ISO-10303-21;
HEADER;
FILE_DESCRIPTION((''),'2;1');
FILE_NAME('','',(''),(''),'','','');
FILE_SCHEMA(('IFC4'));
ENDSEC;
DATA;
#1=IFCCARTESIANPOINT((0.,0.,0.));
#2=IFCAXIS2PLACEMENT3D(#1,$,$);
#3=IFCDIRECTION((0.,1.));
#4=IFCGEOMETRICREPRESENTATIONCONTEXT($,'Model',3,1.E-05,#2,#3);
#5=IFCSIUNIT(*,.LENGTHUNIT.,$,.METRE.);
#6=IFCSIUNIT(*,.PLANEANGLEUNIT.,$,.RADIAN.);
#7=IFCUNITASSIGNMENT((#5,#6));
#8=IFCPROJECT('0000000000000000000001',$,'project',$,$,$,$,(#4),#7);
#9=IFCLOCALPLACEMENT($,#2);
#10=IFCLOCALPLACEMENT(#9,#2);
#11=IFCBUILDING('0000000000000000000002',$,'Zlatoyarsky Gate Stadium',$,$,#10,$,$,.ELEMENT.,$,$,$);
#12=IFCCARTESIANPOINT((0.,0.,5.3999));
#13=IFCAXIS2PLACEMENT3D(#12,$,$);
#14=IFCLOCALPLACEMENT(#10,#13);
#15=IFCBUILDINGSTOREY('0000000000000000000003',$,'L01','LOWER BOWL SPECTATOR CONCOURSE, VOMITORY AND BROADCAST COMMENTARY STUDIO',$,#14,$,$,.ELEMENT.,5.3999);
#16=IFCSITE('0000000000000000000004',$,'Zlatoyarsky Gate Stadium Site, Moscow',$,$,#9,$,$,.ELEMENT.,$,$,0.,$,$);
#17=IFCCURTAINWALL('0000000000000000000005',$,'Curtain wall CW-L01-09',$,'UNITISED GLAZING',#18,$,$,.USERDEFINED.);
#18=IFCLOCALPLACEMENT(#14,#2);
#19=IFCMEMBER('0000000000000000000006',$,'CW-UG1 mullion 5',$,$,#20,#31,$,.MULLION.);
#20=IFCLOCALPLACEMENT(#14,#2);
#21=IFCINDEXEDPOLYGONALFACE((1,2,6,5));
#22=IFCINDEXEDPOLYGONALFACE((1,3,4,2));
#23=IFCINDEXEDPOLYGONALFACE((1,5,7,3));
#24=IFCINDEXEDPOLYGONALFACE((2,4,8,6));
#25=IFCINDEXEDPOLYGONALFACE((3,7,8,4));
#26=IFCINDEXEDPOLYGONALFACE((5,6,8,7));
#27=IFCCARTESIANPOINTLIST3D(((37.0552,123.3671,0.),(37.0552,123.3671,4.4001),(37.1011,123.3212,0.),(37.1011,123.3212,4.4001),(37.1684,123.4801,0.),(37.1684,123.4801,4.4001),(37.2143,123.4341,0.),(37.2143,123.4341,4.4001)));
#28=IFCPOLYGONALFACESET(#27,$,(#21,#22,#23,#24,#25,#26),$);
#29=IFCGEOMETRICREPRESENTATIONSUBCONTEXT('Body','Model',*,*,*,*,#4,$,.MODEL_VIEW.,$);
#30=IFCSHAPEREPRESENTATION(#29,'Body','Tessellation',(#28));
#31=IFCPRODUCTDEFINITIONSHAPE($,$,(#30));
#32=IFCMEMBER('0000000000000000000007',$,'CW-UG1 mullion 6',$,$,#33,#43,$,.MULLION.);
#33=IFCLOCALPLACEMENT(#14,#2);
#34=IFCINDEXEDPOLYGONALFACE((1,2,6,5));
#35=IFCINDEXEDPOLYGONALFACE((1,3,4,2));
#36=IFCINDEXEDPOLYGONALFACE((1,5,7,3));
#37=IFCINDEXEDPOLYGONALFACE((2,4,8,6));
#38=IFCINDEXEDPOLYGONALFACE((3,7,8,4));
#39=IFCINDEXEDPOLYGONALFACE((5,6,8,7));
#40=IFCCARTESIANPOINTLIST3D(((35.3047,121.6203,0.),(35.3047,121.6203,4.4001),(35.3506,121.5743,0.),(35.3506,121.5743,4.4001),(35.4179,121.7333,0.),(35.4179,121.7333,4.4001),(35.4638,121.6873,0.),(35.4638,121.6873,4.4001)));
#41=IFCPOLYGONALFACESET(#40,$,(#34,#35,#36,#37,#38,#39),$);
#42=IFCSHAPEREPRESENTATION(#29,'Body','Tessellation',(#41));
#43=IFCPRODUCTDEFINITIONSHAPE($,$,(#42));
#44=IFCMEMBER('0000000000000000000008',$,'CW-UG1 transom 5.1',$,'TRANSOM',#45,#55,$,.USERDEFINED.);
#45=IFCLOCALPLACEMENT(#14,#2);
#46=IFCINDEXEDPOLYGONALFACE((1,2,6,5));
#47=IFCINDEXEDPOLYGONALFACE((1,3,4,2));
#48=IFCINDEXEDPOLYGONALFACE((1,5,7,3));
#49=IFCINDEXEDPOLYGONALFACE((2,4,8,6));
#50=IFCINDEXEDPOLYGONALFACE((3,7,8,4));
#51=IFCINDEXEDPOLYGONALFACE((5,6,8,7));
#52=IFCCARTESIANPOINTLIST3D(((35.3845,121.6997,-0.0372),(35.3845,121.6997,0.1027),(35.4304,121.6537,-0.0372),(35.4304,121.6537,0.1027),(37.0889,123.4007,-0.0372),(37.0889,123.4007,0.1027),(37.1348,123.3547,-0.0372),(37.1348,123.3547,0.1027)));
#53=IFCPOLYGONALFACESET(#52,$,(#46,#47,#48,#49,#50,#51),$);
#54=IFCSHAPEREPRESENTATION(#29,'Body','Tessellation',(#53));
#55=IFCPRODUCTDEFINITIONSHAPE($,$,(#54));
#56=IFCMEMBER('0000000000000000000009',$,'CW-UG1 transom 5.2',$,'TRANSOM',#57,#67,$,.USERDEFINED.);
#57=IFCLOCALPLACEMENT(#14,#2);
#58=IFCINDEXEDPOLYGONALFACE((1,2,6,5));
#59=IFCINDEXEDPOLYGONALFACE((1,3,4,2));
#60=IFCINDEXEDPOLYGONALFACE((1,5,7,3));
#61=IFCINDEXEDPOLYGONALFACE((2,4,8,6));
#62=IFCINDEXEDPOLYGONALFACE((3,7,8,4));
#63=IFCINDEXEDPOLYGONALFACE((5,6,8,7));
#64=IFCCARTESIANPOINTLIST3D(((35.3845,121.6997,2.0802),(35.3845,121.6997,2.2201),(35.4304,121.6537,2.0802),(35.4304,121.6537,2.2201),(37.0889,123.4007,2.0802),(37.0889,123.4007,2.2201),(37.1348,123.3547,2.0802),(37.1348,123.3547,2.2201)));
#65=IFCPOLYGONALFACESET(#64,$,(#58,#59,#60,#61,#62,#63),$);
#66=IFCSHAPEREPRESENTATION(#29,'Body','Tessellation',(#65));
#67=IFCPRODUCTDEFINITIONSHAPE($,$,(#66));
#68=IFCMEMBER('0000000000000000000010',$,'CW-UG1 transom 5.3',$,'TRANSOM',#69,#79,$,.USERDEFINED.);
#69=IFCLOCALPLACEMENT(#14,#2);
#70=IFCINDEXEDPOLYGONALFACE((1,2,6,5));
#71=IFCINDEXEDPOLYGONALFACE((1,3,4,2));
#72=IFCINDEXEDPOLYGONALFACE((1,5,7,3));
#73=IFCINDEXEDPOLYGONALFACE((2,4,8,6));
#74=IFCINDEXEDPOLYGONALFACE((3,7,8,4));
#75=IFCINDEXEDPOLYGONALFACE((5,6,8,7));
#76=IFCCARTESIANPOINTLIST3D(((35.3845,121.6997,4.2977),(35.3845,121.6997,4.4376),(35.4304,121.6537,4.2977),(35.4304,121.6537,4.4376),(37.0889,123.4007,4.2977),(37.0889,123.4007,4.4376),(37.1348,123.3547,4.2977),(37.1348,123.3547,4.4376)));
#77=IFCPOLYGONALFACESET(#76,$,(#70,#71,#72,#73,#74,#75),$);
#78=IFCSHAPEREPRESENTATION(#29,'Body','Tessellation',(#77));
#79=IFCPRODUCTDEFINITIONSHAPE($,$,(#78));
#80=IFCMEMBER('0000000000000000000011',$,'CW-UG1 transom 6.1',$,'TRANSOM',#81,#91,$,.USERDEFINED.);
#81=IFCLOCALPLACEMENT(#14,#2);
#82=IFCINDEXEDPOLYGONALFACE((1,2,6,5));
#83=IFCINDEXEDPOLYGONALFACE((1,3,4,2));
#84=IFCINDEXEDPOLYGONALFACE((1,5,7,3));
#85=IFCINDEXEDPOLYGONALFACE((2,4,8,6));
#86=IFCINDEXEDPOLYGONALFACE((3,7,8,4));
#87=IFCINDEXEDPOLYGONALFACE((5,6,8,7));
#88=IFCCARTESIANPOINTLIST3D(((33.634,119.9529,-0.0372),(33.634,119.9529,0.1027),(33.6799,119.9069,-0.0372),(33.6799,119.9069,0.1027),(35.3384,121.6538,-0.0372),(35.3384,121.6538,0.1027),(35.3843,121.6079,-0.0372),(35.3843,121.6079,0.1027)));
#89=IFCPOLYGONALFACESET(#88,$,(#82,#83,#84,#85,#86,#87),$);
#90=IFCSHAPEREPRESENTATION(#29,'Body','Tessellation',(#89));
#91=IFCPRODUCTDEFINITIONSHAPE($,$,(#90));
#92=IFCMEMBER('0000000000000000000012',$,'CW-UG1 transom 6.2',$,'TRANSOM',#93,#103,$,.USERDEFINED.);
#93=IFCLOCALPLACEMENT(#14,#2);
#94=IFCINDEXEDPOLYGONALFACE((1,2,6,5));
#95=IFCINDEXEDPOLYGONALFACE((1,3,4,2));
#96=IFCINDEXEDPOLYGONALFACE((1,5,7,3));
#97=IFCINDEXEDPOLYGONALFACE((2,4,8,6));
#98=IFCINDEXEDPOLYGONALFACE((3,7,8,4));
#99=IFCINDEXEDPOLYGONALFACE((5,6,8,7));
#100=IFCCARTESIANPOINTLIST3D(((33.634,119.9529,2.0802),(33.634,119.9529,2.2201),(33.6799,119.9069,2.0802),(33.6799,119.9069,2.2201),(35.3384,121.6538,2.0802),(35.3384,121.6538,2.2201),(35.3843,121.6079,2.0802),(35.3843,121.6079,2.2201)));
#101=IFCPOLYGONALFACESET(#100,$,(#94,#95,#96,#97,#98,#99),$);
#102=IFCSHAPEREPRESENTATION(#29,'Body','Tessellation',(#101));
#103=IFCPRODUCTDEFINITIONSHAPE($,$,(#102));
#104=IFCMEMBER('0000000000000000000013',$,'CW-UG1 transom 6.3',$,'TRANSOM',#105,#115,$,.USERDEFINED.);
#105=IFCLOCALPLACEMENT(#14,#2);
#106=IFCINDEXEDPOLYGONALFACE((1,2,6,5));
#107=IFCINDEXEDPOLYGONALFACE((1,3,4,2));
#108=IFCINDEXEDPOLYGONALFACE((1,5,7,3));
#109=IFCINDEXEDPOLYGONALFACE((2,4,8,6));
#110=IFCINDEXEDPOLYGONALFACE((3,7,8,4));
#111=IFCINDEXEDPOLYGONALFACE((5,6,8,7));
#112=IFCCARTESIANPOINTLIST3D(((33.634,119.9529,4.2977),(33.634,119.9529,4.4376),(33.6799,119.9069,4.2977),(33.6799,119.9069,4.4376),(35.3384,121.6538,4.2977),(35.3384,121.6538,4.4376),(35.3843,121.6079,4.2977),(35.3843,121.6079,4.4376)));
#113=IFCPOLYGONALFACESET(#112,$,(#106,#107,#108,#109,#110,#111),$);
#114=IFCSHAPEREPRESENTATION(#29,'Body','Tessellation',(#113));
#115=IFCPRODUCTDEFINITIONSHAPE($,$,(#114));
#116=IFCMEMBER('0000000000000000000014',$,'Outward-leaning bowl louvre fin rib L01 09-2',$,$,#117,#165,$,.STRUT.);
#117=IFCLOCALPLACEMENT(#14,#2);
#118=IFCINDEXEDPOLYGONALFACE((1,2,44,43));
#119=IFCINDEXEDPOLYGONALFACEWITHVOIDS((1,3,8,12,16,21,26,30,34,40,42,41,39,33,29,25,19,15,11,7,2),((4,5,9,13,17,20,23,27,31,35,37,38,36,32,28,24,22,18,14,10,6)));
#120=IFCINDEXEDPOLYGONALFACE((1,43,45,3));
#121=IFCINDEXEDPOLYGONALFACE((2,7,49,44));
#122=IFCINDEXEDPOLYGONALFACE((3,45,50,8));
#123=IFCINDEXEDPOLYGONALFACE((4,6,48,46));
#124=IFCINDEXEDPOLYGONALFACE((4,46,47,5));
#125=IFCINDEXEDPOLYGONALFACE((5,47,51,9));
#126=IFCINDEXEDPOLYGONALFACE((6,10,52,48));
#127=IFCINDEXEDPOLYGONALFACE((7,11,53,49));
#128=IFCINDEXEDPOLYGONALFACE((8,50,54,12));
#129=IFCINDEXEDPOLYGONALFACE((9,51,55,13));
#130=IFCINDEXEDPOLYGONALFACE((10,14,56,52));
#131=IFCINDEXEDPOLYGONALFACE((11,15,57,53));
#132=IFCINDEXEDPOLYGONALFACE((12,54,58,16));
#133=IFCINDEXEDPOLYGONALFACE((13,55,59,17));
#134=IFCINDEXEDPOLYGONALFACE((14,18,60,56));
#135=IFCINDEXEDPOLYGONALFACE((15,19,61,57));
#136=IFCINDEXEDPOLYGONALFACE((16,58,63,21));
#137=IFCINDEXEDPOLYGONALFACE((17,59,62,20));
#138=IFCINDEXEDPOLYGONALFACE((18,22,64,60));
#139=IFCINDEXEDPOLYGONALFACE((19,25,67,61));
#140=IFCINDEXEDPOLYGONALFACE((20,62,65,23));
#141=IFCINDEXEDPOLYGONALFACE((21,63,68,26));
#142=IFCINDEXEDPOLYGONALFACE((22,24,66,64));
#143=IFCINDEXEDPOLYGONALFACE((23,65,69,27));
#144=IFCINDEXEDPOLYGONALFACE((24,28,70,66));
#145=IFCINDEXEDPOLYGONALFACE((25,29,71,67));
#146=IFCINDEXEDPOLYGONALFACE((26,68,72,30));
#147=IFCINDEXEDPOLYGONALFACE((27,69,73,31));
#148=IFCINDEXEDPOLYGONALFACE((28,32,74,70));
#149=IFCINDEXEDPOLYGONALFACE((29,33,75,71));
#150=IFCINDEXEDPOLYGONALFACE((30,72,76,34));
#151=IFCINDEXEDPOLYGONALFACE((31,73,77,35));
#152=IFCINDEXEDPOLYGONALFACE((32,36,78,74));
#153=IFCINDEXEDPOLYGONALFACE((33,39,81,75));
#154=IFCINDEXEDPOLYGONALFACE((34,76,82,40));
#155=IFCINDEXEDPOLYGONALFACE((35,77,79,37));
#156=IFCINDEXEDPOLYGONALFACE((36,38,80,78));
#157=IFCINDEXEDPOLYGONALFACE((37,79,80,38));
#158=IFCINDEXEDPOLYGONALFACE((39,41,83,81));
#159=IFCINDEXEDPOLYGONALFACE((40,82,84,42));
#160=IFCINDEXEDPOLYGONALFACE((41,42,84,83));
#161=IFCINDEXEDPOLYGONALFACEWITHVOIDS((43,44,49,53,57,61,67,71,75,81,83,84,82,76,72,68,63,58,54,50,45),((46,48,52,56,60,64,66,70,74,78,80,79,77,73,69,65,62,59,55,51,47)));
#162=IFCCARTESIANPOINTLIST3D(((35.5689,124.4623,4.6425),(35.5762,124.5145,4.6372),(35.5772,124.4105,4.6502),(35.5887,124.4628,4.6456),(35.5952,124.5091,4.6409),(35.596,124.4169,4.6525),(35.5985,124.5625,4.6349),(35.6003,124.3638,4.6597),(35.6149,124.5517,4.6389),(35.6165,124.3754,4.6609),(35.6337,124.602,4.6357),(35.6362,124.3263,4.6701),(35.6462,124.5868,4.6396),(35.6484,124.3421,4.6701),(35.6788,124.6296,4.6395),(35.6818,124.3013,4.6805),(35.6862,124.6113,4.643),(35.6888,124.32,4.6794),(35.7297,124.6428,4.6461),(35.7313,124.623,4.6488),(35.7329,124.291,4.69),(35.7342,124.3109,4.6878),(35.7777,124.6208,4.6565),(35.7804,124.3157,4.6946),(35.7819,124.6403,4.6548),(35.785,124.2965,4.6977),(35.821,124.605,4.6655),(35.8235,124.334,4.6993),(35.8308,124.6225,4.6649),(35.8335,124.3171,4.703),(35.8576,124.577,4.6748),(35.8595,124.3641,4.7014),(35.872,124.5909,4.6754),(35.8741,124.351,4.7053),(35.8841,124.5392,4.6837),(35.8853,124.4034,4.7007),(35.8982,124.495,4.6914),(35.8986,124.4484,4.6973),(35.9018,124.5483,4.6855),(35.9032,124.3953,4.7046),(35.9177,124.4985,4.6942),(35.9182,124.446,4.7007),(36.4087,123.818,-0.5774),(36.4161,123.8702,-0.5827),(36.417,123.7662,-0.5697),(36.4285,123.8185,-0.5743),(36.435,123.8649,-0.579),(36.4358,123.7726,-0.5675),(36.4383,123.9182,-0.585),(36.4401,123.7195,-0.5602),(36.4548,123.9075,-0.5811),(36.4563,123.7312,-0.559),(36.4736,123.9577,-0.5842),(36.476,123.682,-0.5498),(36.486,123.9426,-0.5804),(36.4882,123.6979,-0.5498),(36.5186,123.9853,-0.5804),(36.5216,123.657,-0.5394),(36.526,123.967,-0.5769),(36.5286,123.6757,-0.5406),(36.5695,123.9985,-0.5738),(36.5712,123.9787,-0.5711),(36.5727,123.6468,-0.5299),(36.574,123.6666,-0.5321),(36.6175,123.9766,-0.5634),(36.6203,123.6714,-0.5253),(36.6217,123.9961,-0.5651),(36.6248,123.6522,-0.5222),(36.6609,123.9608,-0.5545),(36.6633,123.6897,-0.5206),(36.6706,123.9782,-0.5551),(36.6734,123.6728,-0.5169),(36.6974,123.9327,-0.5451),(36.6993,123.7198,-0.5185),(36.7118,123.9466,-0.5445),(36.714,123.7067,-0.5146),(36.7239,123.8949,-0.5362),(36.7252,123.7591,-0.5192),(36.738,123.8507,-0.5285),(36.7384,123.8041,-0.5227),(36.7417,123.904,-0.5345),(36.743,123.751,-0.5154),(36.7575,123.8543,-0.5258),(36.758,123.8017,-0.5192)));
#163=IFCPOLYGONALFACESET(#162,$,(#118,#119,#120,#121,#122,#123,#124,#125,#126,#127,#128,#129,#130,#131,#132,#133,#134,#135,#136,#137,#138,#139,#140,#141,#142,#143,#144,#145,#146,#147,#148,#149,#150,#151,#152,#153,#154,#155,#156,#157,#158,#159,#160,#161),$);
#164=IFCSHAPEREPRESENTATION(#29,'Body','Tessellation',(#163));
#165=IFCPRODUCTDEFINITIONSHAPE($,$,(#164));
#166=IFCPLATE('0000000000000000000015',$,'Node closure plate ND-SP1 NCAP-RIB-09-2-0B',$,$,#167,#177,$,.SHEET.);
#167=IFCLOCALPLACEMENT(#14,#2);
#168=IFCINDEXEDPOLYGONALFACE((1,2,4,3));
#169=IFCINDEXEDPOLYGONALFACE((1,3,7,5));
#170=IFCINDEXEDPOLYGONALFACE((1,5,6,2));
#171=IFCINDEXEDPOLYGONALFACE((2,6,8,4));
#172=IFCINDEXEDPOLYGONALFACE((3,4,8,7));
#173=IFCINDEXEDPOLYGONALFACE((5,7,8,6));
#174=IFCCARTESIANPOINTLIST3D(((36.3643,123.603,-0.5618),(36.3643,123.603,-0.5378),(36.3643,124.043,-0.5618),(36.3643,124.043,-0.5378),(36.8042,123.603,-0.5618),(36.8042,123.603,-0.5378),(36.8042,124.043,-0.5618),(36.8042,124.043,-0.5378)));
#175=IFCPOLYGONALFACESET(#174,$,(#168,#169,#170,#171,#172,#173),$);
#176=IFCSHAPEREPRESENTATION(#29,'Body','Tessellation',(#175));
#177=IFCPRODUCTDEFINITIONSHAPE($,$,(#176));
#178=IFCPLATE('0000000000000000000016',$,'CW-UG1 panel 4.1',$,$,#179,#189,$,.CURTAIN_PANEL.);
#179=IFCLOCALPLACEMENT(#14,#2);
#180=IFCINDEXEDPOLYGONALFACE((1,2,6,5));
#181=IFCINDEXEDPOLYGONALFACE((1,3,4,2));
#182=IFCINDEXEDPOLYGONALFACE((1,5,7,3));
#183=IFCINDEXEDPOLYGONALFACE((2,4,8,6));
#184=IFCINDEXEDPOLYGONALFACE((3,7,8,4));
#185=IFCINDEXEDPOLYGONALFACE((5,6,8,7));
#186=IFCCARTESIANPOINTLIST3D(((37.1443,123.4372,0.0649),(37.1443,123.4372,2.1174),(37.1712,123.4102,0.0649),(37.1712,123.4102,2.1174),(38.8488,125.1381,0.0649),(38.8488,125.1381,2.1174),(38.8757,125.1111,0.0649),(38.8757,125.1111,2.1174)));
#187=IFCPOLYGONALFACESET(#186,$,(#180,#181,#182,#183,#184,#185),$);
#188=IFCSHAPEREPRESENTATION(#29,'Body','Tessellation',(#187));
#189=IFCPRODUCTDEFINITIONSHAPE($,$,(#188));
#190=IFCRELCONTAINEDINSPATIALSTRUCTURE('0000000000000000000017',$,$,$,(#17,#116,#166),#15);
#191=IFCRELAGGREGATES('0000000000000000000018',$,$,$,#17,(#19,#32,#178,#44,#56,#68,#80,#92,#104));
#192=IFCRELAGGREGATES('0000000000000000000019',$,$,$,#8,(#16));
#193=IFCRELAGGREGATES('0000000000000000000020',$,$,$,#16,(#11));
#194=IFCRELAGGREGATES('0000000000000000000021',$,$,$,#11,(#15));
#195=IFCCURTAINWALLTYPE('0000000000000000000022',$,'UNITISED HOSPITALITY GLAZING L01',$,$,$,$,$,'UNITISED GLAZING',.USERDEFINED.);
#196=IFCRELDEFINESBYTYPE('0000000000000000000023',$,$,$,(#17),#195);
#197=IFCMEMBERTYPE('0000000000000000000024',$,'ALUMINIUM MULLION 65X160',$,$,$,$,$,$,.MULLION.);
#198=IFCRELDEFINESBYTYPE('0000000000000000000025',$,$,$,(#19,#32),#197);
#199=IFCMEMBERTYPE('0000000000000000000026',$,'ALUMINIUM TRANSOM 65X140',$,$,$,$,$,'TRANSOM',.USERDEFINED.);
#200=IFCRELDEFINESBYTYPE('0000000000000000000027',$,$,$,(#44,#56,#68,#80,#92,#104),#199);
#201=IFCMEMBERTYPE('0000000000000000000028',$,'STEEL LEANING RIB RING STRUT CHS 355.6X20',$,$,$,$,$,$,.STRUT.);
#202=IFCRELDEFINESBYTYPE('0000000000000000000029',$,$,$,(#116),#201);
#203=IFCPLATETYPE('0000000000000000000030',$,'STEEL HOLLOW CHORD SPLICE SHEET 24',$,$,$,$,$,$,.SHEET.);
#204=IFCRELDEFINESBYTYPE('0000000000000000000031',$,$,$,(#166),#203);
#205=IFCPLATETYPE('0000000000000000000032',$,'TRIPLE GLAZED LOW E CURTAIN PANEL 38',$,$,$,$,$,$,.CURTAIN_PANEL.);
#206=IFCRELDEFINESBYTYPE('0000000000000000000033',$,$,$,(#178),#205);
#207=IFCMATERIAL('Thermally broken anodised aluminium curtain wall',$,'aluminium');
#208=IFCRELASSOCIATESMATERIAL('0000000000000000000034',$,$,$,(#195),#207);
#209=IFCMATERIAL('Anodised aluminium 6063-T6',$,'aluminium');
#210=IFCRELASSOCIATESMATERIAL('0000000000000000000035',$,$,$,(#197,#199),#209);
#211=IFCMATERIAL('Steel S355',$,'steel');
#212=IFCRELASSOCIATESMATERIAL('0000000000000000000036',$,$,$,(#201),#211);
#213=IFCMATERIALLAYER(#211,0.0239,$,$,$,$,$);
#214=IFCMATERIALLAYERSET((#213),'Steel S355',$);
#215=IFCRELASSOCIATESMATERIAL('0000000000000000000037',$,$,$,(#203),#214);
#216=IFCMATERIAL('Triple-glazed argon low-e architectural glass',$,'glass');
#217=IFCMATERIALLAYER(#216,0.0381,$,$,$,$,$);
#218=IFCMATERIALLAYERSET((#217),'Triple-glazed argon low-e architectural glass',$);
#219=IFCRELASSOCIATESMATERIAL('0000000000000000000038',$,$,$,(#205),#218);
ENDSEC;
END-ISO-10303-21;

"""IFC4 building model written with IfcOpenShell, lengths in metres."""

from ifc_helpers import new_model, si_unit, direction, frame, origin, origin_2d, place, context, subcontext, project, spatial, rectangle, hollow_circle, extrude, material, layer, layer_set, material_profile, profile_set, type_object, element, aggregate, save


model = new_model("IFC4")

# Units and contexts
model_context = context("Model", 3, precision=1e-05, world=origin(), true_north=direction((0.0, 1.0)))
body_context = subcontext(model_context, "Body", "Model", "MODEL_VIEW")
ifc_project = project(units=[si_unit("LENGTHUNIT", "METRE"), si_unit("PLANEANGLEUNIT", "RADIAN")], contexts=[model_context])

# Site, building, storey
site_placement = place(None, origin())
site = spatial("IfcSite", under=ifc_project, at=site_placement, Name="Zlatoyarsky Gate Stadium Site, Moscow", CompositionType="ELEMENT", RefElevation=0.0)
building_placement = place(site_placement, origin())
building = spatial("IfcBuilding", under=site, at=building_placement, Name="Zlatoyarsky Gate Stadium", CompositionType="ELEMENT")
storey_placement = place(building_placement, frame((0.0, 0.0, 5.3999)))
storey = spatial("IfcBuildingStorey", under=building, at=storey_placement, Name="L01", Description="LOWER BOWL SPECTATOR CONCOURSE, VOMITORY AND BROADCAST COMMENTARY STUDIO", CompositionType="ELEMENT", Elevation=5.3999)

# Curtain wall, members
ifc_material_1 = material(Name="Thermally broken anodised aluminium curtain wall", Category="aluminium")
curtain_wall_type = type_object("IfcCurtainWallType", Name="UNITISED HOSPITALITY GLAZING L01", ElementType="UNITISED GLAZING", PredefinedType="USERDEFINED", material=ifc_material_1)
curtain_wall_placement = place(storey_placement, origin())
curtain_wall = element("IfcCurtainWall", 1, at=curtain_wall_placement, inside=storey, type_object=curtain_wall_type, Name="Curtain wall CW-L01-09", ObjectType="UNITISED GLAZING", PredefinedType="USERDEFINED")
ifc_material_2 = material(Name="Anodised aluminium 6063-T6", Category="aluminium")
ifc_material_profile_1 = material_profile(ifc_material_2, rectangle(XDim=0.0649, YDim=0.1599, at=origin_2d()), Name="ALU 65X160")
ifc_profile_set_1 = profile_set([ifc_material_profile_1], Name="Anodised aluminium 6063-T6")
member_type_1 = type_object("IfcMemberType", Name="ALUMINIUM MULLION 65X160", PredefinedType="MULLION", material=ifc_profile_set_1)
member_1_placement = place(storey_placement, frame((37.1348, 123.4006, 0.0), z_axis=(0.0, 0.0, 1.0), x_axis=(0.706371, -0.707842, 0.0)))
member_1 = element("IfcMember", 2, at=member_1_placement, type_object=member_type_1, Name="CW-UG1 mullion 5", PredefinedType="MULLION", context=body_context, shape_type="SweptSolid", body=[
    extrude(rectangle(XDim=0.0649, YDim=0.1599, at=origin_2d()), origin(), (0.0, 0.0, 1.0), 4.4001),
])
member_2_placement = place(storey_placement, frame((35.3843, 121.6538, 0.0), z_axis=(0.0, 0.0, 1.0), x_axis=(0.706371, -0.707842, 0.0)))
member_2 = element("IfcMember", 3, at=member_2_placement, type_object=member_type_1, Name="CW-UG1 mullion 6", PredefinedType="MULLION", context=body_context, shape_type="SweptSolid", body=[
    extrude(rectangle(XDim=0.0649, YDim=0.1599, at=origin_2d()), origin(), (0.0, 0.0, 1.0), 4.4001),
])
ifc_material_profile_2 = material_profile(ifc_material_2, rectangle(XDim=0.0649, YDim=0.1399, at=origin_2d()), Name="ALU 65X140")
ifc_profile_set_2 = profile_set([ifc_material_profile_2], Name="Anodised aluminium 6063-T6")
member_type_2 = type_object("IfcMemberType", Name="ALUMINIUM TRANSOM 65X140", ElementType="TRANSOM", PredefinedType="USERDEFINED", material=ifc_profile_set_2)
member_3_placement = place(storey_placement, frame((37.1118, 123.3777, 0.0327), z_axis=(-0.707816, -0.706397, 0.0), x_axis=(0.706397, -0.707816, 0.0)))
member_3 = element("IfcMember", 4, at=member_3_placement, type_object=member_type_2, Name="CW-UG1 transom 5.1", ObjectType="TRANSOM", PredefinedType="USERDEFINED", context=body_context, shape_type="SweptSolid", body=[
    extrude(rectangle(XDim=0.0649, YDim=0.1399, at=origin_2d()), origin(), (0.0, 0.0, 1.0), 2.408),
])
member_4_placement = place(storey_placement, frame((37.1118, 123.3777, 2.1501), z_axis=(-0.707816, -0.706397, 0.0), x_axis=(0.706397, -0.707816, 0.0)))
member_4 = element("IfcMember", 5, at=member_4_placement, type_object=member_type_2, Name="CW-UG1 transom 5.2", ObjectType="TRANSOM", PredefinedType="USERDEFINED", context=body_context, shape_type="SweptSolid", body=[
    extrude(rectangle(XDim=0.0649, YDim=0.1399, at=origin_2d()), origin(), (0.0, 0.0, 1.0), 2.408),
])
member_5_placement = place(storey_placement, frame((37.1118, 123.3777, 4.3677), z_axis=(-0.707816, -0.706397, 0.0), x_axis=(0.706397, -0.707816, 0.0)))
member_5 = element("IfcMember", 6, at=member_5_placement, type_object=member_type_2, Name="CW-UG1 transom 5.3", ObjectType="TRANSOM", PredefinedType="USERDEFINED", context=body_context, shape_type="SweptSolid", body=[
    extrude(rectangle(XDim=0.0649, YDim=0.1399, at=origin_2d()), origin(), (0.0, 0.0, 1.0), 2.408),
])
member_6_placement = place(storey_placement, frame((35.3613, 121.6309, 0.0327), z_axis=(-0.707816, -0.706397, 0.0), x_axis=(0.706397, -0.707816, 0.0)))
member_6 = element("IfcMember", 7, at=member_6_placement, type_object=member_type_2, Name="CW-UG1 transom 6.1", ObjectType="TRANSOM", PredefinedType="USERDEFINED", context=body_context, shape_type="SweptSolid", body=[
    extrude(rectangle(XDim=0.0649, YDim=0.1399, at=origin_2d()), origin(), (0.0, 0.0, 1.0), 2.408),
])
member_7_placement = place(storey_placement, frame((35.3613, 121.6309, 2.1501), z_axis=(-0.707816, -0.706397, 0.0), x_axis=(0.706397, -0.707816, 0.0)))
member_7 = element("IfcMember", 8, at=member_7_placement, type_object=member_type_2, Name="CW-UG1 transom 6.2", ObjectType="TRANSOM", PredefinedType="USERDEFINED", context=body_context, shape_type="SweptSolid", body=[
    extrude(rectangle(XDim=0.0649, YDim=0.1399, at=origin_2d()), origin(), (0.0, 0.0, 1.0), 2.408),
])
member_8_placement = place(storey_placement, frame((35.3613, 121.6309, 4.3677), z_axis=(-0.707816, -0.706397, 0.0), x_axis=(0.706397, -0.707816, 0.0)))
member_8 = element("IfcMember", 9, at=member_8_placement, type_object=member_type_2, Name="CW-UG1 transom 6.3", ObjectType="TRANSOM", PredefinedType="USERDEFINED", context=body_context, shape_type="SweptSolid", body=[
    extrude(rectangle(XDim=0.0649, YDim=0.1399, at=origin_2d()), origin(), (0.0, 0.0, 1.0), 2.408),
])

# Member
ifc_material_3 = material(Name="Steel S355", Category="steel")
ifc_material_profile_3 = material_profile(ifc_material_3, hollow_circle(Radius=0.1777, WallThickness=0.02, at=origin_2d()), Name="CHS 355.6X20")
ifc_profile_set_3 = profile_set([ifc_material_profile_3], Name="Steel S355")
member_type_3 = type_object("IfcMemberType", Name="STEEL LEANING RIB RING STRUT CHS 355.6X20", PredefinedType="STRUT", material=ifc_profile_set_3)
member_9_placement = place(storey_placement, frame((36.5842, 123.823, -0.5498), z_axis=(-0.157681, 0.120965, 0.980053), x_axis=(-0.608674, -0.793421, 0.0)))
element("IfcMember", 10, at=member_9_placement, inside=storey, type_object=member_type_3, Name="Outward-leaning bowl louvre fin rib L01 09-2", PredefinedType="STRUT", context=body_context, shape_type="SweptSolid", body=[
    extrude(hollow_circle(Radius=0.1777, WallThickness=0.02, at=origin_2d()), origin(), (0.0, 0.0, 1.0), 5.3262),
])

# Plates
ifc_layer_1 = layer(ifc_material_3, 0.0239)
ifc_layer_set_1 = layer_set([ifc_layer_1], Name="Steel S355")
plate_type_1 = type_object("IfcPlateType", Name="STEEL HOLLOW CHORD SPLICE SHEET 24", PredefinedType="SHEET", material=ifc_layer_set_1)
plate_1_placement = place(storey_placement, frame((36.5842, 123.823, -0.5618), z_axis=(0.0, 0.0, 1.0), x_axis=(1.0, 0.0, 0.0)))
element("IfcPlate", 11, at=plate_1_placement, inside=storey, type_object=plate_type_1, Name="Node closure plate ND-SP1 NCAP-RIB-09-2-0B", PredefinedType="SHEET", context=body_context, shape_type="SweptSolid", body=[
    extrude(rectangle(XDim=0.4399, YDim=0.4399, at=origin_2d()), origin(), (0.0, 0.0, 1.0), 0.0239),
])
ifc_material_4 = material(Name="Triple-glazed argon low-e architectural glass", Category="glass")
ifc_layer_2 = layer(ifc_material_4, 0.0381)
ifc_layer_set_2 = layer_set([ifc_layer_2], Name="Triple-glazed argon low-e architectural glass")
plate_type_2 = type_object("IfcPlateType", Name="TRIPLE GLAZED LOW E CURTAIN PANEL 38", PredefinedType="CURTAIN_PANEL", material=ifc_layer_set_2)
plate_2_placement = place(storey_placement, frame((38.01, 124.2742, 0.0649), z_axis=(0.0, 0.0, 1.0), x_axis=(-0.707842, -0.706371, 0.0)))
plate_2 = element("IfcPlate", 12, at=plate_2_placement, type_object=plate_type_2, Name="CW-UG1 panel 4.1", PredefinedType="CURTAIN_PANEL", context=body_context, shape_type="SweptSolid", body=[
    extrude(rectangle(XDim=2.408, YDim=0.0381, at=origin_2d()), origin(), (0.0, 0.0, 1.0), 2.0525),
])
aggregate(curtain_wall, [member_1, member_2, plate_2, member_3, member_4, member_5, member_6, member_7, member_8])

save(model, "model.ifc")
